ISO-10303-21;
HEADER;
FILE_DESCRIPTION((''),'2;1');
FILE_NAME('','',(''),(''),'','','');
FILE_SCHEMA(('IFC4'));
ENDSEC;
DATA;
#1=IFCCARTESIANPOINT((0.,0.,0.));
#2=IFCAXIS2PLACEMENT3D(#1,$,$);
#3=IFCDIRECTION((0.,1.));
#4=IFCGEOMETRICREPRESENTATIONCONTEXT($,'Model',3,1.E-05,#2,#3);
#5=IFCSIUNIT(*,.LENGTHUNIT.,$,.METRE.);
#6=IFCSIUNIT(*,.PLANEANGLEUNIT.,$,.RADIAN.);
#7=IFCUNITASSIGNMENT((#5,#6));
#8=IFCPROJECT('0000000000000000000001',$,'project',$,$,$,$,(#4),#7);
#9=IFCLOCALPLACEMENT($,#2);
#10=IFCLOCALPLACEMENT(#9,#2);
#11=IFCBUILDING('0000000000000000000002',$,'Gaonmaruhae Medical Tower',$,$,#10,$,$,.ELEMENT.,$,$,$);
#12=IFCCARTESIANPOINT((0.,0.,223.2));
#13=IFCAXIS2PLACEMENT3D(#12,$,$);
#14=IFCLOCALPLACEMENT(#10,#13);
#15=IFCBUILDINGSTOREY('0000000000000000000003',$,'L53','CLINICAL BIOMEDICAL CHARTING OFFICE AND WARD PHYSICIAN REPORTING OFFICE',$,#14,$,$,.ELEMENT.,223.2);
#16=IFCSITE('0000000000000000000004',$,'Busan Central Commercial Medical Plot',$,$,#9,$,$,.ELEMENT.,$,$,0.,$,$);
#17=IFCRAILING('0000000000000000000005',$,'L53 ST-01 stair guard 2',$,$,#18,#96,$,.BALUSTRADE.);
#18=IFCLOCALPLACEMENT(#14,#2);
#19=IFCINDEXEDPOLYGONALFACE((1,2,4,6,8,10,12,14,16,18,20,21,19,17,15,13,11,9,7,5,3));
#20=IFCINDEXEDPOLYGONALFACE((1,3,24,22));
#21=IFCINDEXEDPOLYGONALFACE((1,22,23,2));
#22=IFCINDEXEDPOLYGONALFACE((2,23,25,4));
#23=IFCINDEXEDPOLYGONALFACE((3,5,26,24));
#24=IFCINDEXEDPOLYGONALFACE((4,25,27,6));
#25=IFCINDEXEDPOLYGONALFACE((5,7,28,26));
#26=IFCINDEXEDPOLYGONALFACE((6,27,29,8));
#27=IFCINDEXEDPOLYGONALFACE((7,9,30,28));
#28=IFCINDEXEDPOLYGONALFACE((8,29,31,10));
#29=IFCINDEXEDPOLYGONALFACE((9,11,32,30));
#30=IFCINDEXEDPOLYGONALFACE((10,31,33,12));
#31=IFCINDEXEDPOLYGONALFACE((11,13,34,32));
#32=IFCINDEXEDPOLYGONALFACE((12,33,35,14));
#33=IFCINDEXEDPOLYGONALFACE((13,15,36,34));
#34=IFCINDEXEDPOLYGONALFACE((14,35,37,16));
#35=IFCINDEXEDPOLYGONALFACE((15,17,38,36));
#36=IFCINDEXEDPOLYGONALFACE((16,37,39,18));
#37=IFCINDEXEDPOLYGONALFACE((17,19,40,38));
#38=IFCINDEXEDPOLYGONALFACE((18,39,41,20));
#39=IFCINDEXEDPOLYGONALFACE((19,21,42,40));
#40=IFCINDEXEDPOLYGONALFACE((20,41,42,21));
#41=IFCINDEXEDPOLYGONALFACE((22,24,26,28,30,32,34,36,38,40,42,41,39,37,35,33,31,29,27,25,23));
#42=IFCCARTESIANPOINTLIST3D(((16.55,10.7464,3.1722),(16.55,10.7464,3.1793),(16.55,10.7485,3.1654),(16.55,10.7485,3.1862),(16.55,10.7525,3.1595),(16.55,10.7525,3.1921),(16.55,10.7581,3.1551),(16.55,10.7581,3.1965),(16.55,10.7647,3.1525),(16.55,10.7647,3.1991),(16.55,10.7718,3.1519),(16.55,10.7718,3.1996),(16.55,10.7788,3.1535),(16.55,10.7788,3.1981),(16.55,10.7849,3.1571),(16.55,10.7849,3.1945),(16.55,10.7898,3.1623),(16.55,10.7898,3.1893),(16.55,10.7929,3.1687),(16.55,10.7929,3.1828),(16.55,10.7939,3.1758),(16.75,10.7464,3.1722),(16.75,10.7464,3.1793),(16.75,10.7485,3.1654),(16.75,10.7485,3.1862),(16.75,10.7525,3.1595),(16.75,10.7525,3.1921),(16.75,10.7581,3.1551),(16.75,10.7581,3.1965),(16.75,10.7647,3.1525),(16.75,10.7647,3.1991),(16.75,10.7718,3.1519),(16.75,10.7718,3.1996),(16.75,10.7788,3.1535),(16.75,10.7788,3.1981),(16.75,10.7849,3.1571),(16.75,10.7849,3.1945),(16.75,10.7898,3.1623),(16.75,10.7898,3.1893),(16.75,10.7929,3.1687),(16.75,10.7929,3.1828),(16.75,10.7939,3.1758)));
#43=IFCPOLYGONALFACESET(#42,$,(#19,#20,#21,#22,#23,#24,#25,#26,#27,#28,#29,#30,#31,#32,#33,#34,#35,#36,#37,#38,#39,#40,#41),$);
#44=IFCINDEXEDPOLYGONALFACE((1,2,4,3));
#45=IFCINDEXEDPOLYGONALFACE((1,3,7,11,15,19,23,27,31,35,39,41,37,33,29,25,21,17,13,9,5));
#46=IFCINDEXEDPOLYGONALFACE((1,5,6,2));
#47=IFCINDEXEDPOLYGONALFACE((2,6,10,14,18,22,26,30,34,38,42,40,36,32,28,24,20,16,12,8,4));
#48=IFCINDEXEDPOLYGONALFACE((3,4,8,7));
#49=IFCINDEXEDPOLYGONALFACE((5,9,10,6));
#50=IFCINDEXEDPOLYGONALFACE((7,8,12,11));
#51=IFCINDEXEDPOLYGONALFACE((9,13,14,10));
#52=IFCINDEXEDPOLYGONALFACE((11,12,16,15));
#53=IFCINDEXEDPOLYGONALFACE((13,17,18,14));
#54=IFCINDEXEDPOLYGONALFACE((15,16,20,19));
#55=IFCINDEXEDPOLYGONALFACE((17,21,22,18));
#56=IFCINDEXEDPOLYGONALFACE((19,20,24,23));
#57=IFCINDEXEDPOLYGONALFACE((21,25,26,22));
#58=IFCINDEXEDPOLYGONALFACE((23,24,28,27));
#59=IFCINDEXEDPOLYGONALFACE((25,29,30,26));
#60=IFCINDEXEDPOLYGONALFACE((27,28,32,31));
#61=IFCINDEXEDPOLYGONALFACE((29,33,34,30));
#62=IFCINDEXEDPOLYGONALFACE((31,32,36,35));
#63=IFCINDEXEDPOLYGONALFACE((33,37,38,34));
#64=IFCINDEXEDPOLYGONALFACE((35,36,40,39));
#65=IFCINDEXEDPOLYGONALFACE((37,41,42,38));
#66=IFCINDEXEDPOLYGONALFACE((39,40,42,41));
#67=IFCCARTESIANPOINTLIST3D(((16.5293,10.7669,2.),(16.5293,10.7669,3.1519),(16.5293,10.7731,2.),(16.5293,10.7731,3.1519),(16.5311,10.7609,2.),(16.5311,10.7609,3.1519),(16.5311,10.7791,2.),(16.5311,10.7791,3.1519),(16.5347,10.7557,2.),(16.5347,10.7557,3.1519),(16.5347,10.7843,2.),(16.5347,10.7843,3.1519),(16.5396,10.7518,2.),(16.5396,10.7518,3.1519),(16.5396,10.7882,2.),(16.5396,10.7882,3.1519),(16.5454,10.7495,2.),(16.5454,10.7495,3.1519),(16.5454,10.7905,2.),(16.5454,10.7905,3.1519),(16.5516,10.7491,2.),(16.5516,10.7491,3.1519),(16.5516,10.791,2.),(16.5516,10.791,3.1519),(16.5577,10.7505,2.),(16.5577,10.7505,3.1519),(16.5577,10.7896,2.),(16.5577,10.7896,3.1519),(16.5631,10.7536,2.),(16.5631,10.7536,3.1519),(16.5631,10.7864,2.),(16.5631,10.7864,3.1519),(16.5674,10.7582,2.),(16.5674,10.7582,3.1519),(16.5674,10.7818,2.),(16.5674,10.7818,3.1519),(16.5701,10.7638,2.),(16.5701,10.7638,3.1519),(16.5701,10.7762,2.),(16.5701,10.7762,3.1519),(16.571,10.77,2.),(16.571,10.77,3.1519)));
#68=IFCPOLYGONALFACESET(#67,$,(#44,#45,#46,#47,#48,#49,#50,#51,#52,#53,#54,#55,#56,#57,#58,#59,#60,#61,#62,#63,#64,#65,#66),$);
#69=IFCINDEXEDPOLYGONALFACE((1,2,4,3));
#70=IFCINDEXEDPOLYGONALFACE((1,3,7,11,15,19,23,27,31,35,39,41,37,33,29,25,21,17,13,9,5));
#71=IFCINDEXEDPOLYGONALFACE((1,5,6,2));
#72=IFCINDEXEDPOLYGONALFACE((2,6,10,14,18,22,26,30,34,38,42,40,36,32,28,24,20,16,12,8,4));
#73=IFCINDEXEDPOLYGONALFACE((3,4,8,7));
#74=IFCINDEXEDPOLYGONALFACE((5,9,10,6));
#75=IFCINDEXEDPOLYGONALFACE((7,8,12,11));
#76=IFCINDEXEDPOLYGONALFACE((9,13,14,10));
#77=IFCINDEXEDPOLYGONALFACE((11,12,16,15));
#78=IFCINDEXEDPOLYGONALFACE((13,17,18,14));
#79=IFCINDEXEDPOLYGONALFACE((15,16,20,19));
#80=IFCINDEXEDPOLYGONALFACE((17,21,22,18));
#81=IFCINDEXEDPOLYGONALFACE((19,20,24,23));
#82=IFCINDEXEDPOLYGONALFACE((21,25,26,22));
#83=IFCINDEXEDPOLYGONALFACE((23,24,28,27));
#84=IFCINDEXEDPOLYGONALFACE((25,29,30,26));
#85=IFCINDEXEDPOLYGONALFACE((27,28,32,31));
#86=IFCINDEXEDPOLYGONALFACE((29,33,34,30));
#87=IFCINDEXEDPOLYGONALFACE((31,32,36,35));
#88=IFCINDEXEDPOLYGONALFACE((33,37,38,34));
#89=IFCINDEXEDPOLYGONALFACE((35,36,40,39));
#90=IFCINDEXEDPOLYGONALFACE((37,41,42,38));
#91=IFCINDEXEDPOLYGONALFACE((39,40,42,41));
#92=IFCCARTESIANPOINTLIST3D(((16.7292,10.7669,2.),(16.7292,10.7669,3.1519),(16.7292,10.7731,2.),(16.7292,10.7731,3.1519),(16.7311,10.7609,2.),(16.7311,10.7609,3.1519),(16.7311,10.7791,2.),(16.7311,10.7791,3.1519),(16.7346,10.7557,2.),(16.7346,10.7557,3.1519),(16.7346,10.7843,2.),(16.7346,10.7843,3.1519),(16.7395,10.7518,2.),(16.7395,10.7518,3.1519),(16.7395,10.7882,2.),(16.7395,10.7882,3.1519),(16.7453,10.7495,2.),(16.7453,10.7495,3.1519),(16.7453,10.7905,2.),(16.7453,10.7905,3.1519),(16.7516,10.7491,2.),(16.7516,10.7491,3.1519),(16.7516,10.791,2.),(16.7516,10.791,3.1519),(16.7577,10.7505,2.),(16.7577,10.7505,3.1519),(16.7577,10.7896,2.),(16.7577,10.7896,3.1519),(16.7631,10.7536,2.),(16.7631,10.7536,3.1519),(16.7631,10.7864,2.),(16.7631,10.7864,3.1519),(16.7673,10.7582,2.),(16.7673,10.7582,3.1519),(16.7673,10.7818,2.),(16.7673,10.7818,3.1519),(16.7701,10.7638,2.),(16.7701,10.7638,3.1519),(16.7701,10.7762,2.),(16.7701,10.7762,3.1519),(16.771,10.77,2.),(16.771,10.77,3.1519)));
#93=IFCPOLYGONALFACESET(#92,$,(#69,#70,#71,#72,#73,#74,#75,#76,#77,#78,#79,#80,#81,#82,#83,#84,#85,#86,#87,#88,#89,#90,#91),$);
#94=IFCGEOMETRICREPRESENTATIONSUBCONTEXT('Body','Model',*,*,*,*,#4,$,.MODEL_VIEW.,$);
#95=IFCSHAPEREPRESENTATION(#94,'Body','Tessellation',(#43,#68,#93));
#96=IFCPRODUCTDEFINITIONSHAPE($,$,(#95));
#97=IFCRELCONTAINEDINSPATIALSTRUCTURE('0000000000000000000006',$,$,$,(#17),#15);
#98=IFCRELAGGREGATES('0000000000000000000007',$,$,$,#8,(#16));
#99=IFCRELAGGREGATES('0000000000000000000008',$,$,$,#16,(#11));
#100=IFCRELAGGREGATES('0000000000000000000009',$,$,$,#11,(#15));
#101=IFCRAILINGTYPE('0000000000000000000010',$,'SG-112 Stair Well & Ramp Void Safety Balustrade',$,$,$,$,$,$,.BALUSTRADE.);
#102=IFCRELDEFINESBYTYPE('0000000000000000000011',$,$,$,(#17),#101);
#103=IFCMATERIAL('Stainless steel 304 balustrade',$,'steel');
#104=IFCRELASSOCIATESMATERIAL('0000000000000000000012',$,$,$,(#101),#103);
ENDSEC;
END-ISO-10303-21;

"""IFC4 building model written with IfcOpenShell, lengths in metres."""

from ifc_helpers import new_model, si_unit, direction, frame, origin, origin_2d, place, context, subcontext, project, spatial, circle, extrude, material, type_object, element, save


model = new_model("IFC4")

# Units and contexts
model_context = context("Model", 3, precision=1e-05, world=origin(), true_north=direction((0.0, 1.0)))
body_context = subcontext(model_context, "Body", "Model", "MODEL_VIEW")
ifc_project = project(units=[si_unit("LENGTHUNIT", "METRE"), si_unit("PLANEANGLEUNIT", "RADIAN")], contexts=[model_context])

# Site, building, storey
site_placement = place(None, origin())
site = spatial("IfcSite", under=ifc_project, at=site_placement, Name="Busan Central Commercial Medical Plot", CompositionType="ELEMENT", RefElevation=0.0)
building_placement = place(site_placement, origin())
building = spatial("IfcBuilding", under=site, at=building_placement, Name="Gaonmaruhae Medical Tower", CompositionType="ELEMENT")
storey_placement = place(building_placement, frame((0.0, 0.0, 223.2)))
storey = spatial("IfcBuildingStorey", under=building, at=storey_placement, Name="L53", Description="CLINICAL BIOMEDICAL CHARTING OFFICE AND WARD PHYSICIAN REPORTING OFFICE", CompositionType="ELEMENT", Elevation=223.2)

# Railing
ifc_material_1 = material(Name="Stainless steel 304 balustrade", Category="steel")
railing_type_1 = type_object("IfcRailingType", Name="SG-112 Stair Well & Ramp Void Safety Balustrade", PredefinedType="BALUSTRADE", material=ifc_material_1)
railing_1_placement = place(storey_placement, frame((16.55, 10.77, 2.0)))
element("IfcRailing", 1, at=railing_1_placement, inside=storey, type_object=railing_type_1, Name="L53 ST-01 stair guard 2", PredefinedType="BALUSTRADE", context=body_context, shape_type="SweptSolid", body=[
    extrude(circle(Radius=0.0239, at=origin_2d()), frame((0.0, 0.0, 1.1758), z_axis=(1.0, 0.0, 0.0), x_axis=(0.0, 1.0, 0.0)), (0.0, 0.0, 1.0), 0.2),
    extrude(circle(Radius=0.021, at=origin_2d()), origin(), (0.0, 0.0, 1.0), 1.1519),
    extrude(circle(Radius=0.021, at=origin_2d()), frame((0.2, 0.0, 0.0)), (0.0, 0.0, 1.0), 1.1519),
])

save(model, "model.ifc")
